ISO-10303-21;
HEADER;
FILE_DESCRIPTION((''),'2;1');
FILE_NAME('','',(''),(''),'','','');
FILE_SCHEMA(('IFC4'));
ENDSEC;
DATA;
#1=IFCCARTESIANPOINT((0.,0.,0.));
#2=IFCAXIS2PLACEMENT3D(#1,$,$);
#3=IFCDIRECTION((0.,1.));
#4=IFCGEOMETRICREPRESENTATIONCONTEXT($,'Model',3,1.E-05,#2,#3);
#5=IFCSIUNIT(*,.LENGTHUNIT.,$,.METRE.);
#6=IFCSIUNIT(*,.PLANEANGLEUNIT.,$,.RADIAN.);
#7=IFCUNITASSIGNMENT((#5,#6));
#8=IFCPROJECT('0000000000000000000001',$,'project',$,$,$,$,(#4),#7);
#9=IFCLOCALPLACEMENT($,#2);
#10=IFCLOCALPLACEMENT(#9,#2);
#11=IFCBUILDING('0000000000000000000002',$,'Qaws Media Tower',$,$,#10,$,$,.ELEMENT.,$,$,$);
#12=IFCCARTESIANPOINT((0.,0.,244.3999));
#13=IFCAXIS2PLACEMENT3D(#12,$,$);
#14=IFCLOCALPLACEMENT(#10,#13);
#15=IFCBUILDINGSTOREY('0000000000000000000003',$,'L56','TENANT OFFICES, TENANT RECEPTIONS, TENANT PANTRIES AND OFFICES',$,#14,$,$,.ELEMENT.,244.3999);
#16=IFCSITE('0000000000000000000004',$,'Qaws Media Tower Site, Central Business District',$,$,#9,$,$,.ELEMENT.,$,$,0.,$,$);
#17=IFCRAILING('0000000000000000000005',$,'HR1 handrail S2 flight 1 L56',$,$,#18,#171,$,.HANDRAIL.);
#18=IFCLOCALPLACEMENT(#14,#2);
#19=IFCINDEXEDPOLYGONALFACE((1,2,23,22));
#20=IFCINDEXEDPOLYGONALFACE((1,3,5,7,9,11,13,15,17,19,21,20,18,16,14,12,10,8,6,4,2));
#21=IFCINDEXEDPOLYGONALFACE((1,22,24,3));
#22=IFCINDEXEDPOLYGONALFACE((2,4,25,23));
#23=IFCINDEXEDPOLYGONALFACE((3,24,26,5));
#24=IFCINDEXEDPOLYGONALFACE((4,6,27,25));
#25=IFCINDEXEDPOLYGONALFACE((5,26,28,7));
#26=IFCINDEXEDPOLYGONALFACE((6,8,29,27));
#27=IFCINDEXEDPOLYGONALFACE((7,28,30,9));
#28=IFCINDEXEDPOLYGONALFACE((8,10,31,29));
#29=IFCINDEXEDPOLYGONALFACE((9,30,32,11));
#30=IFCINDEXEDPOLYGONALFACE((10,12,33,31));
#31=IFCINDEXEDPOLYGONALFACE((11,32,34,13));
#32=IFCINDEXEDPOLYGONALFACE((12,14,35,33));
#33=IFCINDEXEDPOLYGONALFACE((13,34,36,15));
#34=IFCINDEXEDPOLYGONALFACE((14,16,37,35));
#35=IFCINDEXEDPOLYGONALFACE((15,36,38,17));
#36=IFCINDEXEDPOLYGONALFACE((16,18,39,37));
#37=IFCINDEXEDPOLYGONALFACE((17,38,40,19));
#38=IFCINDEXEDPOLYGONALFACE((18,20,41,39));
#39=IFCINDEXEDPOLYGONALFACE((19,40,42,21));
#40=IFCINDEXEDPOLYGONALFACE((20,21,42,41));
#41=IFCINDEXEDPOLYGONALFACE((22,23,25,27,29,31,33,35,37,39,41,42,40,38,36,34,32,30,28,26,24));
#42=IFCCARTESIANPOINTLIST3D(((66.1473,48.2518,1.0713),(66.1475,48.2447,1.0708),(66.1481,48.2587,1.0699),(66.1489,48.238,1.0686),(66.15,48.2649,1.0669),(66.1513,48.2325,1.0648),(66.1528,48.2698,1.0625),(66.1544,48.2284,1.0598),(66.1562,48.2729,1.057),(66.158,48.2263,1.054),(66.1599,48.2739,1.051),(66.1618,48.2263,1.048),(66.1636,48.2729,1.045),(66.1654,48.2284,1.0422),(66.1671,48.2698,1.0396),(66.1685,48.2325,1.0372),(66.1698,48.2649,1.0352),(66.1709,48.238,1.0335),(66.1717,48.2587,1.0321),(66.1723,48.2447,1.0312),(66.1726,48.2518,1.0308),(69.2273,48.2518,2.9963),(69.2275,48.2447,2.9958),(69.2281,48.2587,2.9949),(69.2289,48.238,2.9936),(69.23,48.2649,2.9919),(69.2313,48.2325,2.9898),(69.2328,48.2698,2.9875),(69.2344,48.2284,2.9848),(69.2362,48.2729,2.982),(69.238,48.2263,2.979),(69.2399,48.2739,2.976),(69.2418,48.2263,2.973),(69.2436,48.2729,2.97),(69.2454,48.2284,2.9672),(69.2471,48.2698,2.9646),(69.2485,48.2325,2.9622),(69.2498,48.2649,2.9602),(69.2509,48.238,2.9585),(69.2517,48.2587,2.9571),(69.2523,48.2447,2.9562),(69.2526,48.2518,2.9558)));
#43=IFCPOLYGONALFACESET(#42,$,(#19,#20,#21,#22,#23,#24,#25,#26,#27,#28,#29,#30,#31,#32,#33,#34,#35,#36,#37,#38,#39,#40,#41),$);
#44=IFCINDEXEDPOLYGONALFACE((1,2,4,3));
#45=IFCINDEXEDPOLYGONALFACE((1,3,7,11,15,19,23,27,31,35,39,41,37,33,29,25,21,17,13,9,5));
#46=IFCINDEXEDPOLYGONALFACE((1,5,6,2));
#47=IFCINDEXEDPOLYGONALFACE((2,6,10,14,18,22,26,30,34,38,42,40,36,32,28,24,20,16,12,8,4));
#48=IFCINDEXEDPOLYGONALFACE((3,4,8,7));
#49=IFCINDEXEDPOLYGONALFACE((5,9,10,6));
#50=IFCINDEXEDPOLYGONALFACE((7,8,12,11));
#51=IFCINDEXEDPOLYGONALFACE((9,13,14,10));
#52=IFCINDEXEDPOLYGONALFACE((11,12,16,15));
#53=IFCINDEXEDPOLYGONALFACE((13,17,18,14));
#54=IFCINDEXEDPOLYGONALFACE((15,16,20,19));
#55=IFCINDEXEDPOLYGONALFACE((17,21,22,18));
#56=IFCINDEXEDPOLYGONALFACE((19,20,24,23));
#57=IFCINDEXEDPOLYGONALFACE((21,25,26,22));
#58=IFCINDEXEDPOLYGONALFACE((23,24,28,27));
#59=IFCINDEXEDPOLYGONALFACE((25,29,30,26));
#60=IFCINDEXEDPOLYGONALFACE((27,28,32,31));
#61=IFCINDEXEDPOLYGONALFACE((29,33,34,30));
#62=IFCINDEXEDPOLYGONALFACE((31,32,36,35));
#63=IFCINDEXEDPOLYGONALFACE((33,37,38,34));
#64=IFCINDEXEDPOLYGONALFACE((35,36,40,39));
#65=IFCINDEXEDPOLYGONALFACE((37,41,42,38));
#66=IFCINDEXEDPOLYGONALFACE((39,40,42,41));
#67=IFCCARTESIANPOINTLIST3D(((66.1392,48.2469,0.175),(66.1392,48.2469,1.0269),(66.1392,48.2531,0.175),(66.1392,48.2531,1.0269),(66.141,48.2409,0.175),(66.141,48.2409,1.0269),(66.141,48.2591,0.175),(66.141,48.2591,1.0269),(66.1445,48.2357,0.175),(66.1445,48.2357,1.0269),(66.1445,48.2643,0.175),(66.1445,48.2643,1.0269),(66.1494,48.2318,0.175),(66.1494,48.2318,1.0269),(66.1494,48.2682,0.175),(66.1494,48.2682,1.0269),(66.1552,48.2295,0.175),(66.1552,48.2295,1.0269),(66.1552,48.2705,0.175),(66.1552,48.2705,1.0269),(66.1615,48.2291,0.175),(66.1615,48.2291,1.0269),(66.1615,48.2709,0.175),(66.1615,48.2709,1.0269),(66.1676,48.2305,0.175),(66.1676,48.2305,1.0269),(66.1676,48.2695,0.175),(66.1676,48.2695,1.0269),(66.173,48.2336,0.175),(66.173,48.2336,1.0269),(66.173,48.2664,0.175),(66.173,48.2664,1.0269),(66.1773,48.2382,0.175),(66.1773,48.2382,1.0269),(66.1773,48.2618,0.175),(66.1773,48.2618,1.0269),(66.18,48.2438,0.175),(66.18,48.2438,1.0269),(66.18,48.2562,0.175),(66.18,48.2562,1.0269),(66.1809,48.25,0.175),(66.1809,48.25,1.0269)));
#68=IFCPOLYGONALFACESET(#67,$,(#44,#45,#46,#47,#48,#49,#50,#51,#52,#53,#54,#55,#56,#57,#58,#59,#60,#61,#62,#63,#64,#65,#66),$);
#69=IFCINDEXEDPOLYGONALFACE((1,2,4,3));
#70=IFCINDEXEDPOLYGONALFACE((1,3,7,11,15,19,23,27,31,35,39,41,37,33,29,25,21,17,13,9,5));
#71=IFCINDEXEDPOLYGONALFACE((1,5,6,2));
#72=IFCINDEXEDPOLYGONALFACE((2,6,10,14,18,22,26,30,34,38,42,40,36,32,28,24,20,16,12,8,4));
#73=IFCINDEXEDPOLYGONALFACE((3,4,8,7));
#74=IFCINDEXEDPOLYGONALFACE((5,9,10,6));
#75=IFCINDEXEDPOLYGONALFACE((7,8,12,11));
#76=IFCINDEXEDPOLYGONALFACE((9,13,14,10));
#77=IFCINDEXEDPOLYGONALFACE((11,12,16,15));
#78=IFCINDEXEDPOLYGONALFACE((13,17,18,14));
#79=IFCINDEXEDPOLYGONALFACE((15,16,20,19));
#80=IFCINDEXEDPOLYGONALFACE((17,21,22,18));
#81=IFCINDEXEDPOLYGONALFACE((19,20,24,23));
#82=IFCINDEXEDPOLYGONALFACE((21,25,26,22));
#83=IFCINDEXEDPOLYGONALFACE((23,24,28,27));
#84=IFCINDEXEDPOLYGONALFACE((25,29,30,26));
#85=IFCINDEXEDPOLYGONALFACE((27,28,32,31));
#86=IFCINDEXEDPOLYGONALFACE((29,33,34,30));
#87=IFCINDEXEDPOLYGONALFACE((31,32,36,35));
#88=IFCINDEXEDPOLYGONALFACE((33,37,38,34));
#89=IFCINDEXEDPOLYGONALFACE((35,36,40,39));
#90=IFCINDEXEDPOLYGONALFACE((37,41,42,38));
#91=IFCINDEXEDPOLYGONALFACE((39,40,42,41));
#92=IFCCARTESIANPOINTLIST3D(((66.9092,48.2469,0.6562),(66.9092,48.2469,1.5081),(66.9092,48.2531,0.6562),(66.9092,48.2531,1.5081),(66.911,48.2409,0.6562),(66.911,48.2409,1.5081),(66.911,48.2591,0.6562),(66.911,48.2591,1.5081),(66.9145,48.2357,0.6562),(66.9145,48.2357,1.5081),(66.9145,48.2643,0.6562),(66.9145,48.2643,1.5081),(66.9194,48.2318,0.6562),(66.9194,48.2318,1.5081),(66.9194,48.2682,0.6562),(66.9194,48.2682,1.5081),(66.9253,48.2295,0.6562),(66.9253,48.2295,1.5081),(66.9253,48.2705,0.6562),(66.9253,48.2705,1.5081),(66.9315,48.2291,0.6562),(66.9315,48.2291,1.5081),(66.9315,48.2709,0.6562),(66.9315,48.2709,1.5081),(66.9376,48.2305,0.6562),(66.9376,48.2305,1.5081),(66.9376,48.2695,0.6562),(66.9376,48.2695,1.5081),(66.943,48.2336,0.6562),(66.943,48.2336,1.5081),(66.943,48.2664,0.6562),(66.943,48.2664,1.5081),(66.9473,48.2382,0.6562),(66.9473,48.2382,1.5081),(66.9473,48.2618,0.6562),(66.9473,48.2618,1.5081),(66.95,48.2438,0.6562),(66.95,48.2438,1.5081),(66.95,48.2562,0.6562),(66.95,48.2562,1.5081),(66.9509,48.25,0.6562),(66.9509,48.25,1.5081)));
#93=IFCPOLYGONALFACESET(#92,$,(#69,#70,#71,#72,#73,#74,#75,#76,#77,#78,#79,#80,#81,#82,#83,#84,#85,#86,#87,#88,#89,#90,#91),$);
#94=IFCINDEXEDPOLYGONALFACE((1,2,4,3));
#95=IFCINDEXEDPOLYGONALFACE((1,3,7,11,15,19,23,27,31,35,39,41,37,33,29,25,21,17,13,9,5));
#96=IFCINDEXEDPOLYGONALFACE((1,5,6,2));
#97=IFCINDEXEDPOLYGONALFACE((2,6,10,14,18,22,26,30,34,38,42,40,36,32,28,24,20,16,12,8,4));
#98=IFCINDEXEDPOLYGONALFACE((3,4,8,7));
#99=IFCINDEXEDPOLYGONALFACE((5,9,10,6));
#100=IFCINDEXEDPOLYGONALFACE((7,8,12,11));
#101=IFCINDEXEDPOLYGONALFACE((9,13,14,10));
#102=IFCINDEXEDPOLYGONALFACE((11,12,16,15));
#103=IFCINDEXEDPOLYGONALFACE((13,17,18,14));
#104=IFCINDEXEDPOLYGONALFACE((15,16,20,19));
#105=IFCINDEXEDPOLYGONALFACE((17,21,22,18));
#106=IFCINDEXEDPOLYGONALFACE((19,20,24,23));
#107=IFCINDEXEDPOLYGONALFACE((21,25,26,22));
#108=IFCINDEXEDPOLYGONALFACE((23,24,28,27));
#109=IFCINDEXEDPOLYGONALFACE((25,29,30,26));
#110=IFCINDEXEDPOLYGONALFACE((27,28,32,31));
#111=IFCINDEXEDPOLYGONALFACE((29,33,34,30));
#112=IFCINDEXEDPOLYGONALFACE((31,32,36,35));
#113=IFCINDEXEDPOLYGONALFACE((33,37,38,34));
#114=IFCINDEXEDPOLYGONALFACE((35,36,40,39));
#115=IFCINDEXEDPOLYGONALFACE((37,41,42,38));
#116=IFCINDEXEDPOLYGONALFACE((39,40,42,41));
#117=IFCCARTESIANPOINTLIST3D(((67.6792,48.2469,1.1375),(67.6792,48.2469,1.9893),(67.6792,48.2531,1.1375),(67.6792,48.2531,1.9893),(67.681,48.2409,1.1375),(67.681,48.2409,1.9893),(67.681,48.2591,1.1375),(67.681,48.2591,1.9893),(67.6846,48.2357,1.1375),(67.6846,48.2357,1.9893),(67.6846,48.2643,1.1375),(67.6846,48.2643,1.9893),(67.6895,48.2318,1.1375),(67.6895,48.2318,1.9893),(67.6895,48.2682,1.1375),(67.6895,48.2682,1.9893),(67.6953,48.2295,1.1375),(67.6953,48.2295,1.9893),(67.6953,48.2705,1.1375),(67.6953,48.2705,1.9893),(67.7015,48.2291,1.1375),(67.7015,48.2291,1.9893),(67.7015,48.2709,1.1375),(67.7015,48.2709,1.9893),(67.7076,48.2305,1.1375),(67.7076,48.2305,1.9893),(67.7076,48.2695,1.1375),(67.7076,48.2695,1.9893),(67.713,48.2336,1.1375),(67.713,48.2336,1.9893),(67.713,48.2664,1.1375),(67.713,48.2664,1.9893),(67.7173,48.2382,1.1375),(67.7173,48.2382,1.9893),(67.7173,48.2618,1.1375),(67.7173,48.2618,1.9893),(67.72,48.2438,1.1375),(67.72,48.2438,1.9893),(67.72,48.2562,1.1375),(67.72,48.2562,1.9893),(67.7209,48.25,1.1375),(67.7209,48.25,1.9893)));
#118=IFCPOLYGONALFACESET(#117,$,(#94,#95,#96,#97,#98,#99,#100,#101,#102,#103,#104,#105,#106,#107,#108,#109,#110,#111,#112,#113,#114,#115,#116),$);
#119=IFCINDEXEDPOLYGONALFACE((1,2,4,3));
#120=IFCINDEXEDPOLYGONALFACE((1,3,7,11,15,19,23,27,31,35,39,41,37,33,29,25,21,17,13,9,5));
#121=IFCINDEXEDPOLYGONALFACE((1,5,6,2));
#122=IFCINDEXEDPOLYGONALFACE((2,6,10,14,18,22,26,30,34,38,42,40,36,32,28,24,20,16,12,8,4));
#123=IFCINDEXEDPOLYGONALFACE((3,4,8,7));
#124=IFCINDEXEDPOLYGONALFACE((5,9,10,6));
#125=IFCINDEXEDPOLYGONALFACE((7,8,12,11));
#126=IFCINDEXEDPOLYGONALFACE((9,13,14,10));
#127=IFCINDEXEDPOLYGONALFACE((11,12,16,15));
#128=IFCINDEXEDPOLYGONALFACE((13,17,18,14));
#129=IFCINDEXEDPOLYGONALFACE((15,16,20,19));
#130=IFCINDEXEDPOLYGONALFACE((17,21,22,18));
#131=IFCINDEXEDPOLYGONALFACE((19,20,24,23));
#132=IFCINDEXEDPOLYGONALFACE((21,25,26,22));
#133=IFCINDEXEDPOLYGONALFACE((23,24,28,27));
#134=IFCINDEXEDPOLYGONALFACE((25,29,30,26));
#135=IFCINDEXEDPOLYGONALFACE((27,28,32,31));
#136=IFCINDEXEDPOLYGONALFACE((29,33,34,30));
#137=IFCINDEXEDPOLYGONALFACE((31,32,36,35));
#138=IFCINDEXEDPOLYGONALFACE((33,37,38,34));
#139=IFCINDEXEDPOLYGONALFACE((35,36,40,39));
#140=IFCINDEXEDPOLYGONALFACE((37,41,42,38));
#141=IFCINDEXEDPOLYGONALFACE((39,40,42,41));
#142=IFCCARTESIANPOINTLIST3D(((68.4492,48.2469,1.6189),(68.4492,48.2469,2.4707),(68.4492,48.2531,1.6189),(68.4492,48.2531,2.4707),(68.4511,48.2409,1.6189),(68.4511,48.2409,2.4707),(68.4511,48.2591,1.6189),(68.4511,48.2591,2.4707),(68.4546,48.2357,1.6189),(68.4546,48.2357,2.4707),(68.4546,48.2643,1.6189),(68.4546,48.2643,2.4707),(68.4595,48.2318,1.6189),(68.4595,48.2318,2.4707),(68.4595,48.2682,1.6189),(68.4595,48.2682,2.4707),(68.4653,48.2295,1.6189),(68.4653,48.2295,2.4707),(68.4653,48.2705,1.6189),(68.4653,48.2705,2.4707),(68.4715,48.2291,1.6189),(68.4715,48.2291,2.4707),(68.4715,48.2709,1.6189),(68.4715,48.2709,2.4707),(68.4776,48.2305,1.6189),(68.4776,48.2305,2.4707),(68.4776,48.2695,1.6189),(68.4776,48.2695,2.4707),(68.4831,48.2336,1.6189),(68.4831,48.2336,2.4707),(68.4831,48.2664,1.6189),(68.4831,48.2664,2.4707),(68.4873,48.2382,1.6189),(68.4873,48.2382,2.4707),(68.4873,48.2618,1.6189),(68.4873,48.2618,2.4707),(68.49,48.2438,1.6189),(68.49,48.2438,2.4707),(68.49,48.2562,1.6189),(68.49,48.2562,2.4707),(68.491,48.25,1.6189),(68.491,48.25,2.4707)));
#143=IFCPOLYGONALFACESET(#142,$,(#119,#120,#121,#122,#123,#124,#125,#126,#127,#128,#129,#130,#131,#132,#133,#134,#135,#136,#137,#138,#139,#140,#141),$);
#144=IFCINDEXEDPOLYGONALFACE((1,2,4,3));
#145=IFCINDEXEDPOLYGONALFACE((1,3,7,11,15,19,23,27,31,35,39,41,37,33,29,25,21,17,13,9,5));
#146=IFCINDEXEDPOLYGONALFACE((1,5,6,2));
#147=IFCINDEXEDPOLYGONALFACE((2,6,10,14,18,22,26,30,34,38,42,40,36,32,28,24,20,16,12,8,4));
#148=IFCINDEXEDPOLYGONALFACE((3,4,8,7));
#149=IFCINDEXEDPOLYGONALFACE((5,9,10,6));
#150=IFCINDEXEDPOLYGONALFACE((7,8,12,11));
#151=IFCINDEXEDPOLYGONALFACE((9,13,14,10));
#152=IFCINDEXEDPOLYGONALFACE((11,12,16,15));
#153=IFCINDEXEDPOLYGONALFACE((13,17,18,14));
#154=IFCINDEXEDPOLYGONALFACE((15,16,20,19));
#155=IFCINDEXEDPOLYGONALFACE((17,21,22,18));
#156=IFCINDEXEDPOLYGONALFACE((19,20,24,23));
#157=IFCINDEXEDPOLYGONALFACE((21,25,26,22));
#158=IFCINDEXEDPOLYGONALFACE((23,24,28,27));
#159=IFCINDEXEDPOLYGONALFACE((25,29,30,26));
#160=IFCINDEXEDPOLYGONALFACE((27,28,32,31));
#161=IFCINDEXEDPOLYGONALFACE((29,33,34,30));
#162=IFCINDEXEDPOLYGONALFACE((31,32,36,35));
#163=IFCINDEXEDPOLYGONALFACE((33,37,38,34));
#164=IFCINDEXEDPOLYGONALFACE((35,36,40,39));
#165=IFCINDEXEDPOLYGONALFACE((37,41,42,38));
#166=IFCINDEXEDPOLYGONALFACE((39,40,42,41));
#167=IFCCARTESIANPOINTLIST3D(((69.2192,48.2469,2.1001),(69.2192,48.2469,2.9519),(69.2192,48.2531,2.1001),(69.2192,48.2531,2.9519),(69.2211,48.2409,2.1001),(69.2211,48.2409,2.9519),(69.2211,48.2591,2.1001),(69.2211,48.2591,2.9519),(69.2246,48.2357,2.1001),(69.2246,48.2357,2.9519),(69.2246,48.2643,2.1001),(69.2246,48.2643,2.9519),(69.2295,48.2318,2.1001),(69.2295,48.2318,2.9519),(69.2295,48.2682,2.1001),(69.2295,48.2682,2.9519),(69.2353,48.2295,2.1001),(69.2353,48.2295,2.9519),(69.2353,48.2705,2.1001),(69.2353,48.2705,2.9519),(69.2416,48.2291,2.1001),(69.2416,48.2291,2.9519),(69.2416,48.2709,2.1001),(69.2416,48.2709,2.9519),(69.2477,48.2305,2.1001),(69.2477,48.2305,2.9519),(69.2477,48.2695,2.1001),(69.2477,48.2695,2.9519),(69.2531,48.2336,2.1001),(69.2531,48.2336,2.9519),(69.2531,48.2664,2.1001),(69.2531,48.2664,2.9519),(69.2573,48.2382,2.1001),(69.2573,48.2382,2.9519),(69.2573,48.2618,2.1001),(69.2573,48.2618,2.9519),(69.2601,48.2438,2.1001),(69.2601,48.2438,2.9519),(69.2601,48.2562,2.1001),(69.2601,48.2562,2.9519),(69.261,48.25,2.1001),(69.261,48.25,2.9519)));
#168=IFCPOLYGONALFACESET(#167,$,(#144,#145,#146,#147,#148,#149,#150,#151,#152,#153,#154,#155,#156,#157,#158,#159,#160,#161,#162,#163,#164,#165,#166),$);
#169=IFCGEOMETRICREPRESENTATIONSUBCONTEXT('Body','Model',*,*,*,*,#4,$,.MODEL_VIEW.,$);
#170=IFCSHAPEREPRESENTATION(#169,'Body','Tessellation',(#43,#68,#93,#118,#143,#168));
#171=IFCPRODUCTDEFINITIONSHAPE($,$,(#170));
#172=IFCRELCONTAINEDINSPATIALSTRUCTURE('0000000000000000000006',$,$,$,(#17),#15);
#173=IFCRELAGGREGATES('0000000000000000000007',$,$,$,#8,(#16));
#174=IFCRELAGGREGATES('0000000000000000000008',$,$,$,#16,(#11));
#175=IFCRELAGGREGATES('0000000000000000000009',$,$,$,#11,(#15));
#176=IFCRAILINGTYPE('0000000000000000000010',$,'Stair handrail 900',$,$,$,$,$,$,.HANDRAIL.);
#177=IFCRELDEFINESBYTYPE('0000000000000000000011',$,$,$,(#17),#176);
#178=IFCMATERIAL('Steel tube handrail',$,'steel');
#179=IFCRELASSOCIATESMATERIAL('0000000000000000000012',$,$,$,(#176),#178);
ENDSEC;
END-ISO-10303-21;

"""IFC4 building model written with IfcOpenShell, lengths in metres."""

from ifc_helpers import new_model, si_unit, direction, frame, origin, origin_2d, place, context, subcontext, project, spatial, circle, extrude, material, type_object, element, save


model = new_model("IFC4")

# Units and contexts
model_context = context("Model", 3, precision=1e-05, world=origin(), true_north=direction((0.0, 1.0)))
body_context = subcontext(model_context, "Body", "Model", "MODEL_VIEW")
ifc_project = project(units=[si_unit("LENGTHUNIT", "METRE"), si_unit("PLANEANGLEUNIT", "RADIAN")], contexts=[model_context])

# Site, building, storey
site_placement = place(None, origin())
site = spatial("IfcSite", under=ifc_project, at=site_placement, Name="Qaws Media Tower Site, Central Business District", CompositionType="ELEMENT", RefElevation=0.0)
building_placement = place(site_placement, origin())
building = spatial("IfcBuilding", under=site, at=building_placement, Name="Qaws Media Tower", CompositionType="ELEMENT")
storey_placement = place(building_placement, frame((0.0, 0.0, 244.3999)))
storey = spatial("IfcBuildingStorey", under=building, at=storey_placement, Name="L56", Description="TENANT OFFICES, TENANT RECEPTIONS, TENANT PANTRIES AND OFFICES", CompositionType="ELEMENT", Elevation=244.3999)

# Railing
ifc_material_1 = material(Name="Steel tube handrail", Category="steel")
railing_type = type_object("IfcRailingType", Name="Stair handrail 900", PredefinedType="HANDRAIL", material=ifc_material_1)
for number, where, name in (
    (1, (66.1599, 48.25, 0.175), "HR1 handrail S2 flight 1 L56"),
):
    element("IfcRailing", number, at=place(storey_placement, frame(where)), inside=storey, type_object=railing_type, Name=name, PredefinedType="HANDRAIL", context=body_context, shape_type="SweptSolid", body=[
        extrude(circle(Radius=0.0239, at=origin_2d()), frame((0.0, 0.0, 0.876), z_axis=(0.847998, 0.0, 0.529999), x_axis=(0.0, 1.0, 0.0)), (0.0, 0.0, 1.0), 3.6321),
        extrude(circle(Radius=0.021, at=origin_2d()), origin(), (0.0, 0.0, 1.0), 0.8518),
        extrude(circle(Radius=0.021, at=origin_2d()), frame((0.77, 0.0, 0.4812)), (0.0, 0.0, 1.0), 0.8518),
        extrude(circle(Radius=0.021, at=origin_2d()), frame((1.54, 0.0, 0.9624)), (0.0, 0.0, 1.0), 0.8518),
        extrude(circle(Radius=0.021, at=origin_2d()), frame((2.3101, 0.0, 1.4438)), (0.0, 0.0, 1.0), 0.8518),
        extrude(circle(Radius=0.021, at=origin_2d()), frame((3.0801, 0.0, 1.925)), (0.0, 0.0, 1.0), 0.8518),
    ])

save(model, "model.ifc")
